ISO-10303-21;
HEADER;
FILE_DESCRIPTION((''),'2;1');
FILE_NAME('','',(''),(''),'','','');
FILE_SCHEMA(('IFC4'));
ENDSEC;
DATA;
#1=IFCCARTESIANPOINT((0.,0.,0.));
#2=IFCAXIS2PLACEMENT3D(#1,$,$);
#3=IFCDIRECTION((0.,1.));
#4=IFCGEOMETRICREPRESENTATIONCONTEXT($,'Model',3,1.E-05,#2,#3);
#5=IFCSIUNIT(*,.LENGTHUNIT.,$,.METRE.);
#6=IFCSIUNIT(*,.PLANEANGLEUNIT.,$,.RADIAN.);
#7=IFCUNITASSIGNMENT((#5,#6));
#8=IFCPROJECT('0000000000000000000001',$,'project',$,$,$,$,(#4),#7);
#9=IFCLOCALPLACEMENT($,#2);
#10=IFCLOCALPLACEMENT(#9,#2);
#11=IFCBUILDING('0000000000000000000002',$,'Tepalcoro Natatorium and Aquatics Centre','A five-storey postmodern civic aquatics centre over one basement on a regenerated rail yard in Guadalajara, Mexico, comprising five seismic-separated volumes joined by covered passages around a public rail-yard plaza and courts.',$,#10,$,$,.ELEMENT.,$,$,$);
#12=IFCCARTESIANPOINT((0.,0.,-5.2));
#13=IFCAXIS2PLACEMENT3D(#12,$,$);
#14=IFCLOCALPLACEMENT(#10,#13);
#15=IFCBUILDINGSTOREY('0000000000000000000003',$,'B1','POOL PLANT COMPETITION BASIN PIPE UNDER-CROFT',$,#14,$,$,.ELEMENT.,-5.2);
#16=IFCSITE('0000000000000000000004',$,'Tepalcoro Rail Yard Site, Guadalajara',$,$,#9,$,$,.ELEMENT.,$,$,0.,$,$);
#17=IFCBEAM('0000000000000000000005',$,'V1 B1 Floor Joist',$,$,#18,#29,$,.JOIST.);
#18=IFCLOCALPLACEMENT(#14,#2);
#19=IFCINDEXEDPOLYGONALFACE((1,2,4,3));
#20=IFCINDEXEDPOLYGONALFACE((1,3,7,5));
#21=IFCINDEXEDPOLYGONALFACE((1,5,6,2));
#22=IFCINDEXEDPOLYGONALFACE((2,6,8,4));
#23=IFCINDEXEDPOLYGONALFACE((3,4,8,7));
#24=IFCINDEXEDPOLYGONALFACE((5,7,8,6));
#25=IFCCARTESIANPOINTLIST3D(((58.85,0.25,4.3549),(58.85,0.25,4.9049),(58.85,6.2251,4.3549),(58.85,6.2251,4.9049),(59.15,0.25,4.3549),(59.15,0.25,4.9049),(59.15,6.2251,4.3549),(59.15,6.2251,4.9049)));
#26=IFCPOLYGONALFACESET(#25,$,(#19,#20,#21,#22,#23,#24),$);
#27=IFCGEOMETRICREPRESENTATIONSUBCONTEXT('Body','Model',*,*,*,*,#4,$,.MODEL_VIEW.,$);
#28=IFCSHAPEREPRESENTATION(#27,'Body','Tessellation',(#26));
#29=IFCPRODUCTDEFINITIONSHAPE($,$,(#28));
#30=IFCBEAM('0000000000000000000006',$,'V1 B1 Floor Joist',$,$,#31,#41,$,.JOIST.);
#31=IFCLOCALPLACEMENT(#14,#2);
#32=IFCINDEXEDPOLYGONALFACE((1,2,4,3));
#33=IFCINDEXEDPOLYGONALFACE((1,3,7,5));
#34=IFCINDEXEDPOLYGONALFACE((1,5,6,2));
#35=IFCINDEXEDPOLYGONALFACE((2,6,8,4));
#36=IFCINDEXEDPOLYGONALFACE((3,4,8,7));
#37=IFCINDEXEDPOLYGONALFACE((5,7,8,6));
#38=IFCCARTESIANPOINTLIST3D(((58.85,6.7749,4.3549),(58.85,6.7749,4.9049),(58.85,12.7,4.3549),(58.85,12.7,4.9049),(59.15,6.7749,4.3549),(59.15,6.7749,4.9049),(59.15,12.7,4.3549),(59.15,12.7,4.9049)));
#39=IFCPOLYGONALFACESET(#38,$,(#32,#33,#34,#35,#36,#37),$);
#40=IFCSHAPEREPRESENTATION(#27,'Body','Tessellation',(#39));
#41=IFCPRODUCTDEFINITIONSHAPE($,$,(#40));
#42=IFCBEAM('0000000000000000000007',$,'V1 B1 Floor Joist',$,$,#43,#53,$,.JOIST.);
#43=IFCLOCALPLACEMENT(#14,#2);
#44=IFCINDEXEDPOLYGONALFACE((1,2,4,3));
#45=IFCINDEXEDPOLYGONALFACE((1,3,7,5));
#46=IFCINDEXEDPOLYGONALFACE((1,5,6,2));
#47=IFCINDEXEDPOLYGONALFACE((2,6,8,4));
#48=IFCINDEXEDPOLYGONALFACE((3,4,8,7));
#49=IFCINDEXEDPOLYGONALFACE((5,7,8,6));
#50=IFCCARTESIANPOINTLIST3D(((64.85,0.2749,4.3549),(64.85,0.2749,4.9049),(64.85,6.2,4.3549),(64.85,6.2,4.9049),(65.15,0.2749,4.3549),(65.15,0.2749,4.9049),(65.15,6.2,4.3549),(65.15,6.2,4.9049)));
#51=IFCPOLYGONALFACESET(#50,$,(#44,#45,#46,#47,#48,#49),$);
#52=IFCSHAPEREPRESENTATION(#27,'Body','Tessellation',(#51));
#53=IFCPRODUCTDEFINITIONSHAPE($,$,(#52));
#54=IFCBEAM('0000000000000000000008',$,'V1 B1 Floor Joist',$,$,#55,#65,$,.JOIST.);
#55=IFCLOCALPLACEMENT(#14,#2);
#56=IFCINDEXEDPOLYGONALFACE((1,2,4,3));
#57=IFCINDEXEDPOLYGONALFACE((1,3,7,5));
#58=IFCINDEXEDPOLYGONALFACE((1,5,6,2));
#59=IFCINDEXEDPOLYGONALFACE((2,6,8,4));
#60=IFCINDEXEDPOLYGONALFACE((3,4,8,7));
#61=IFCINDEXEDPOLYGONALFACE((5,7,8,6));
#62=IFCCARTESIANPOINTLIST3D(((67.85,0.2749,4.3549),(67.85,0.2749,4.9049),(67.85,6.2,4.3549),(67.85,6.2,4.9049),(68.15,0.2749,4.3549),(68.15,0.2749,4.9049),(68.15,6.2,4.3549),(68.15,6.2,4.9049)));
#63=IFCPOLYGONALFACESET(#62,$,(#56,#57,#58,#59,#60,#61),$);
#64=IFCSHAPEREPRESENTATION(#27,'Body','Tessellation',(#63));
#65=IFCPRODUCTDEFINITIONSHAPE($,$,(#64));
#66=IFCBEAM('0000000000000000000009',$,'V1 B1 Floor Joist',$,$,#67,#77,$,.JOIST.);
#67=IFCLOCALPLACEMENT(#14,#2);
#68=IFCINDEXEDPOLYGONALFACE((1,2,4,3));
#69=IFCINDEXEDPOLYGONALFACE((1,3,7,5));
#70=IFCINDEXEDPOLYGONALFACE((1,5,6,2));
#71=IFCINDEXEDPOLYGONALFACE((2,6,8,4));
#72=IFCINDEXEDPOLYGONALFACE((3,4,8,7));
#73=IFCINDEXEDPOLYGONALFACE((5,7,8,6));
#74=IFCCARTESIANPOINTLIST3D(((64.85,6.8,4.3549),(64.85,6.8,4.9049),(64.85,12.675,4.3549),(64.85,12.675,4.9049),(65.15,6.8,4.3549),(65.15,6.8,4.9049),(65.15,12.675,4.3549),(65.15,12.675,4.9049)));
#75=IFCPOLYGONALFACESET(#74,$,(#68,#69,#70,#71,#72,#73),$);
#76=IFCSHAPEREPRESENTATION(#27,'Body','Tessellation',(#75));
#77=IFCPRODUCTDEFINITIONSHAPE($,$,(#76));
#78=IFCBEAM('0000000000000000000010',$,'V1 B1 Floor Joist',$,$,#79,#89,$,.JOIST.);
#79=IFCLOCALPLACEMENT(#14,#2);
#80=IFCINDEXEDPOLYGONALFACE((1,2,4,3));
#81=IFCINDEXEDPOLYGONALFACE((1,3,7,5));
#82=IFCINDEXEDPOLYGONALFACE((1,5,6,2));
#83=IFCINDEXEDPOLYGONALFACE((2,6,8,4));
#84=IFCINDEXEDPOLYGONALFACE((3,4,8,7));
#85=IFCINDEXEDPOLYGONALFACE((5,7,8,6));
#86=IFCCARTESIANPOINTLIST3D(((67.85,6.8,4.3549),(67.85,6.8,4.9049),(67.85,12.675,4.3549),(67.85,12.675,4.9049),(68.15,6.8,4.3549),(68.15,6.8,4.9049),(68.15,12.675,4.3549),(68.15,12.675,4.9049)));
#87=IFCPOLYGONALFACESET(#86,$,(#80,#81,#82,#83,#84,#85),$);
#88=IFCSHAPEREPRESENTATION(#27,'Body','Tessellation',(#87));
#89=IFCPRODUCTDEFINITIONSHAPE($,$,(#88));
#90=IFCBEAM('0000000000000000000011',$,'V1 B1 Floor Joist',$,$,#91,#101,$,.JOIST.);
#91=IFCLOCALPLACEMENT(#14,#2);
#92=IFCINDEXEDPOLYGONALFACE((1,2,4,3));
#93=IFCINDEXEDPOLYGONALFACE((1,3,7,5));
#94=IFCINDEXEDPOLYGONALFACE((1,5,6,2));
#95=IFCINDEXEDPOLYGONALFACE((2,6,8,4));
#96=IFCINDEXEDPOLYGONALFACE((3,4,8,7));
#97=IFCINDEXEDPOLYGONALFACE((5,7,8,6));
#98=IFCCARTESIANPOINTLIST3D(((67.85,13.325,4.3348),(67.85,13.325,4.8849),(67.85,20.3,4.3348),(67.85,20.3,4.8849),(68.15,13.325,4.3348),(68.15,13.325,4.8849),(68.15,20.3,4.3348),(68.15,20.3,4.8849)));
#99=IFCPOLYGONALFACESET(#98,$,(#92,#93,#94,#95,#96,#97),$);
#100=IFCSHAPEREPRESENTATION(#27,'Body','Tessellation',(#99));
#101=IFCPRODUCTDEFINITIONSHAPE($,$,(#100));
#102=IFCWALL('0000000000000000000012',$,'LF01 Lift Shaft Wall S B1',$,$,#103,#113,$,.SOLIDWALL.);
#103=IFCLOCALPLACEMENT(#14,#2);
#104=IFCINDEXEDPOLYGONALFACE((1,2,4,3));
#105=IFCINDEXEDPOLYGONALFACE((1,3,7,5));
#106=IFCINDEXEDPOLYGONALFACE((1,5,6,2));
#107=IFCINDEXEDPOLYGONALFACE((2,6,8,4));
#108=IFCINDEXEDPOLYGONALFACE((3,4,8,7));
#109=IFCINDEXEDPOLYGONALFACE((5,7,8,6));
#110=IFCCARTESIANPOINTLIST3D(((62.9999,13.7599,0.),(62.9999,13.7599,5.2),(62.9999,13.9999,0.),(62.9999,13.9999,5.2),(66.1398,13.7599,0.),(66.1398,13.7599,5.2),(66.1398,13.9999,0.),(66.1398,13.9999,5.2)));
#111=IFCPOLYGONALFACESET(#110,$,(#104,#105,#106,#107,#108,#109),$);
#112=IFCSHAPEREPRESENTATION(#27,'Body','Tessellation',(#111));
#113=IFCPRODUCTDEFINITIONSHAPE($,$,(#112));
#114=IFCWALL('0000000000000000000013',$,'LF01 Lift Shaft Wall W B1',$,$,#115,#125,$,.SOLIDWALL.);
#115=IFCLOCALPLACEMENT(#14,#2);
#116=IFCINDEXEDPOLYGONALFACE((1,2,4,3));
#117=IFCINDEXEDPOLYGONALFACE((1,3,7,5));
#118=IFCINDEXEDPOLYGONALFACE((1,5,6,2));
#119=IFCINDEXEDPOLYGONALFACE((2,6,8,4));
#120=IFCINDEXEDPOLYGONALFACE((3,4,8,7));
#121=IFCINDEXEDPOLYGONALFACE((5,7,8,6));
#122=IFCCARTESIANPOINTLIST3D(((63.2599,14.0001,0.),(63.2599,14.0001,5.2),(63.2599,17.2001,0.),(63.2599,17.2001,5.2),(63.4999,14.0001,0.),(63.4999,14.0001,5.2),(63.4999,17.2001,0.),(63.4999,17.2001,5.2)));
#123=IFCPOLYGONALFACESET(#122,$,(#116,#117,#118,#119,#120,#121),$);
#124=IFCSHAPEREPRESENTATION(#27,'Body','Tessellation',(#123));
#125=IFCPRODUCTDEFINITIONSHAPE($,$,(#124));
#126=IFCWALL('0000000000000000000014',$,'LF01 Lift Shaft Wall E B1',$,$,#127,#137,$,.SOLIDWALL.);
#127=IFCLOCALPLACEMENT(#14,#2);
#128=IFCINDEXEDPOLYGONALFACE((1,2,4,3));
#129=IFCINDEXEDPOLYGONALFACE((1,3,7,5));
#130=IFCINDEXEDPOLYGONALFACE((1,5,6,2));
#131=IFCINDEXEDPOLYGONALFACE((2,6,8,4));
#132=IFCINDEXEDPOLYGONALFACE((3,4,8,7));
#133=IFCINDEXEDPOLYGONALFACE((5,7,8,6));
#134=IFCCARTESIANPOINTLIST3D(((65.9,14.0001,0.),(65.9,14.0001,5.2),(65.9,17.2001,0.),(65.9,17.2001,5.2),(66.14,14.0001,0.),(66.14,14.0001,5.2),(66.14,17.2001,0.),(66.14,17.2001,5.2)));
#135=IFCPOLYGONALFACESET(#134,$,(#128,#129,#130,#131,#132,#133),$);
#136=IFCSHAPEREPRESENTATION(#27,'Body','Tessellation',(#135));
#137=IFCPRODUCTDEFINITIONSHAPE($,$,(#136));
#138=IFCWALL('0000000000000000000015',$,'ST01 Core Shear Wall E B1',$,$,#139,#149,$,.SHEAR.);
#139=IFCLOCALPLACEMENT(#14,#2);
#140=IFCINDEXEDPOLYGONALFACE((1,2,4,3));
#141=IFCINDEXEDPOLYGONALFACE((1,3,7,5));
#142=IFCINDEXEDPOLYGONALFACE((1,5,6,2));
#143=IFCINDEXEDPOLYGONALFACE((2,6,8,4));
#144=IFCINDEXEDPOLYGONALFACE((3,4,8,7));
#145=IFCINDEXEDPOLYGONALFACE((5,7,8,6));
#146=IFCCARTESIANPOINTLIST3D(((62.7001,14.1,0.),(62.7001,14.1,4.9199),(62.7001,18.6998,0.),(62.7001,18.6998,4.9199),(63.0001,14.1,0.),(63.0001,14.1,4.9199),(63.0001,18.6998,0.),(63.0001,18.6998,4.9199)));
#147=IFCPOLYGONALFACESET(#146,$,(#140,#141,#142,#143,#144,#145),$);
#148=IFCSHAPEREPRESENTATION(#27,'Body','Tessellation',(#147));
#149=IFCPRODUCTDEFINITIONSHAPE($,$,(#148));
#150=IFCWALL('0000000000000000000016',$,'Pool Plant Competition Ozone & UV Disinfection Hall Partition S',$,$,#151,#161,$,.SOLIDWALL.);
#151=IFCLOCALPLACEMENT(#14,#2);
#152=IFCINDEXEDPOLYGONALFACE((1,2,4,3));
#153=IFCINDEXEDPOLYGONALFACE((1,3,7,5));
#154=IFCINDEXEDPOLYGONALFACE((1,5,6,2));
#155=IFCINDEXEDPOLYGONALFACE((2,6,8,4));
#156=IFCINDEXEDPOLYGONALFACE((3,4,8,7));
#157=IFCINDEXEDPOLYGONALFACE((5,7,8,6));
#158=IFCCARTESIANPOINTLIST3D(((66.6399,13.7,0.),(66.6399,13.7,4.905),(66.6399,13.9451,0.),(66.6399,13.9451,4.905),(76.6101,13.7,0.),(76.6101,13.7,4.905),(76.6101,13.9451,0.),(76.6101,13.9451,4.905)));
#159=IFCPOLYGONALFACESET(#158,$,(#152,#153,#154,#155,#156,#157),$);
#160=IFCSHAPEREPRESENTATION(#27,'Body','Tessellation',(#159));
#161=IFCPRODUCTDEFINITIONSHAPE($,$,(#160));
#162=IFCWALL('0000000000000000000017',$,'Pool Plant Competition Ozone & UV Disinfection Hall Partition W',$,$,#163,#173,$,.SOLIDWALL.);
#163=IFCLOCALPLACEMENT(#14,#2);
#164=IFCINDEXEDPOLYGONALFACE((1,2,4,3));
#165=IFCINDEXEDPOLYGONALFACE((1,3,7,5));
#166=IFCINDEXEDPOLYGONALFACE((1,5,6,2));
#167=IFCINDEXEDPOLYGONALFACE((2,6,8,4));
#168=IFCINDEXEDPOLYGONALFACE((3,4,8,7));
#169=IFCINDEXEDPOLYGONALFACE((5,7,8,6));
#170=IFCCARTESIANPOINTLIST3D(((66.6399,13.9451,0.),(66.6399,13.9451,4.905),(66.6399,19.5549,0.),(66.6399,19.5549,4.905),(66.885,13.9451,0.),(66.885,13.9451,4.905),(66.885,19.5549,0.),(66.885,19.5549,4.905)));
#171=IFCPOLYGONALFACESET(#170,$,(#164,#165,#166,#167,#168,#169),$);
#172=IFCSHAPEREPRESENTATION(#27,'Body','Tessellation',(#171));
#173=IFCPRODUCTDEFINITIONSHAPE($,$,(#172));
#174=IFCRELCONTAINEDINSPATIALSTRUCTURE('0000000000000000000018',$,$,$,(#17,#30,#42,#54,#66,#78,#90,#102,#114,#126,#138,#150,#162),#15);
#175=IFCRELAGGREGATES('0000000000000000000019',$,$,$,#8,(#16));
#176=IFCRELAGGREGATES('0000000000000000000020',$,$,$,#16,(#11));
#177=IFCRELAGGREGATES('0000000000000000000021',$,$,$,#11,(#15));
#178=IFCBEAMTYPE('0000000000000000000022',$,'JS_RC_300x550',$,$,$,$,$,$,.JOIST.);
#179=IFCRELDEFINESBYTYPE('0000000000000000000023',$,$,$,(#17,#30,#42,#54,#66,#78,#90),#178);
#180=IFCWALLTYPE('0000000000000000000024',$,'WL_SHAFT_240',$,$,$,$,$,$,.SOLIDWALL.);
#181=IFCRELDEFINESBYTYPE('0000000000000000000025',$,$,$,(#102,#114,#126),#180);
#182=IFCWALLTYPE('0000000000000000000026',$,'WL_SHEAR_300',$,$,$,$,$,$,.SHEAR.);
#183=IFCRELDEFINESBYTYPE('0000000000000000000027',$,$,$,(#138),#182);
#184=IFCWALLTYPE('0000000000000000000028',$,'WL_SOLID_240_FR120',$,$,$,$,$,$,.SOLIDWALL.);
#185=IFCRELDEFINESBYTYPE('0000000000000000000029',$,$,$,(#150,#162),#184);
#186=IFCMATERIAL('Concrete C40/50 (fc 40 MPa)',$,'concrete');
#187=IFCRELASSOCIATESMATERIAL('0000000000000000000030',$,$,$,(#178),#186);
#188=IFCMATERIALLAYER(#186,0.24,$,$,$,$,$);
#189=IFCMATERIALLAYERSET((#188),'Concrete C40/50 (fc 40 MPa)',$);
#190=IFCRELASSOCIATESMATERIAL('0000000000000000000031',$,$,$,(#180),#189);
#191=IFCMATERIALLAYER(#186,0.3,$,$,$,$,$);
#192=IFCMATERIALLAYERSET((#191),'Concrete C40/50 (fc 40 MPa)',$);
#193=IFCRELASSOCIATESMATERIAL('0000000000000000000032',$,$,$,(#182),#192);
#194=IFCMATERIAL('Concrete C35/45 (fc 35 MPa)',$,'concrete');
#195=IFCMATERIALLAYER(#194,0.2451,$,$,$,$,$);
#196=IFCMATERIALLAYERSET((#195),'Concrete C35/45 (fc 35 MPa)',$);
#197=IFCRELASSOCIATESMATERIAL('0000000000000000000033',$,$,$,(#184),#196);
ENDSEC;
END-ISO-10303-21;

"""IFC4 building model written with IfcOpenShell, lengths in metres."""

from ifc_helpers import new_model, si_unit, direction, frame, frame_2d, origin, origin_2d, place, context, subcontext, project, spatial, rectangle, extrude, material, layer, layer_set, material_profile, profile_set, type_object, element, save


model = new_model("IFC4")

# Units and contexts
model_context = context("Model", 3, precision=1e-05, world=origin(), true_north=direction((0.0, 1.0)))
body_context = subcontext(model_context, "Body", "Model", "MODEL_VIEW")
ifc_project = project(units=[si_unit("LENGTHUNIT", "METRE"), si_unit("PLANEANGLEUNIT", "RADIAN")], contexts=[model_context])

# Site, building, storey
site_placement = place(None, origin())
site = spatial("IfcSite", under=ifc_project, at=site_placement, Name="Tepalcoro Rail Yard Site, Guadalajara", CompositionType="ELEMENT", RefElevation=0.0)
building_placement = place(site_placement, origin())
building = spatial("IfcBuilding", under=site, at=building_placement, Name="Tepalcoro Natatorium and Aquatics Centre", Description="A five-storey postmodern civic aquatics centre over one basement on a regenerated rail yard in Guadalajara, Mexico, comprising five seismic-separated volumes joined by covered passages around a public rail-yard plaza and courts.", CompositionType="ELEMENT")
storey_placement = place(building_placement, frame((0.0, 0.0, -5.2)))
storey = spatial("IfcBuildingStorey", under=building, at=storey_placement, Name="B1", Description="POOL PLANT COMPETITION BASIN PIPE UNDER-CROFT", CompositionType="ELEMENT", Elevation=-5.2)

# Shared definitions
ifc_material_1 = material(Name="Concrete C40/50 (fc 40 MPa)", Category="concrete")

# Beams
ifc_material_profile_1 = material_profile(ifc_material_1, rectangle(XDim=0.3, YDim=0.55, at=origin_2d()), Name="RCJ300x550")
ifc_profile_set_1 = profile_set([ifc_material_profile_1], Name="Concrete C40/50 (fc 40 MPa)")
beam_type_1 = type_object("IfcBeamType", Name="JS_RC_300x550", PredefinedType="JOIST", material=ifc_profile_set_1)
beam_1_placement = place(storey_placement, frame((59.0, 0.25, 4.6299), z_axis=(0.0, 1.0, 0.0), x_axis=(-1.0, 0.0, 0.0)))
element("IfcBeam", 1, at=beam_1_placement, inside=storey, type_object=beam_type_1, Name="V1 B1 Floor Joist", PredefinedType="JOIST", context=body_context, shape_type="SweptSolid", body=[
    extrude(rectangle(XDim=0.3, YDim=0.55, at=origin_2d()), origin(), (0.0, 0.0, 1.0), 5.9751),
])
for number, where, z_axis, x_axis, name in (
    (2, (59.0, 6.7749, 4.6299), (0.0, 1.0, 0.0), (-1.0, 0.0, 0.0), "V1 B1 Floor Joist"),
    (3, (65.0, 0.2749, 4.6299), (0.0, 1.0, 0.0), (-1.0, 0.0, 0.0), "V1 B1 Floor Joist"),
    (4, (68.0, 0.2749, 4.6299), (0.0, 1.0, 0.0), (-1.0, 0.0, 0.0), "V1 B1 Floor Joist"),
):
    element("IfcBeam", number, at=place(storey_placement, frame(where, z_axis=z_axis, x_axis=x_axis)), inside=storey, type_object=beam_type_1, Name=name, PredefinedType="JOIST", context=body_context, shape_type="SweptSolid", body=[
        extrude(rectangle(XDim=0.3, YDim=0.55, at=origin_2d()), origin(), (0.0, 0.0, 1.0), 5.925),
    ])
for number, where, z_axis, x_axis, name in (
    (5, (65.0, 6.8, 4.6299), (0.0, 1.0, 0.0), (-1.0, 0.0, 0.0), "V1 B1 Floor Joist"),
    (6, (68.0, 6.8, 4.6299), (0.0, 1.0, 0.0), (-1.0, 0.0, 0.0), "V1 B1 Floor Joist"),
):
    element("IfcBeam", number, at=place(storey_placement, frame(where, z_axis=z_axis, x_axis=x_axis)), inside=storey, type_object=beam_type_1, Name=name, PredefinedType="JOIST", context=body_context, shape_type="SweptSolid", body=[
        extrude(rectangle(XDim=0.3, YDim=0.55, at=origin_2d()), origin(), (0.0, 0.0, 1.0), 5.875),
    ])
beam_2_placement = place(storey_placement, frame((68.0, 13.325, 4.6099), z_axis=(0.0, 1.0, 0.0), x_axis=(-1.0, 0.0, 0.0)))
element("IfcBeam", 7, at=beam_2_placement, inside=storey, type_object=beam_type_1, Name="V1 B1 Floor Joist", PredefinedType="JOIST", context=body_context, shape_type="SweptSolid", body=[
    extrude(rectangle(XDim=0.3, YDim=0.55, at=origin_2d()), origin(), (0.0, 0.0, 1.0), 6.9751),
])

# Walls
ifc_layer_1 = layer(ifc_material_1, 0.24)
ifc_layer_set_1 = layer_set([ifc_layer_1], Name="Concrete C40/50 (fc 40 MPa)")
wall_type_1 = type_object("IfcWallType", Name="WL_SHAFT_240", PredefinedType="SOLIDWALL", material=ifc_layer_set_1)
wall_1_placement = place(storey_placement, frame((63.0, 13.8799, 0.0), z_axis=(0.0, 0.0, 1.0), x_axis=(1.0, 0.0, 0.0)))
element("IfcWall", 8, at=wall_1_placement, inside=storey, type_object=wall_type_1, Name="LF01 Lift Shaft Wall S B1", PredefinedType="SOLIDWALL", context=body_context, shape_type="SweptSolid", body=[
    extrude(rectangle(XDim=3.1399, YDim=0.24, at=frame_2d((1.5698, 0.0))), origin(), (0.0, 0.0, 1.0), 5.2),
])
for number, where, z_axis, x_axis, name in (
    (9, (63.3799, 14.0, 0.0), (0.0, 0.0, 1.0), (0.0, 1.0, 0.0), "LF01 Lift Shaft Wall W B1"),
    (10, (66.02, 14.0, 0.0), (0.0, 0.0, 1.0), (0.0, 1.0, 0.0), "LF01 Lift Shaft Wall E B1"),
):
    element("IfcWall", number, at=place(storey_placement, frame(where, z_axis=z_axis, x_axis=x_axis)), inside=storey, type_object=wall_type_1, Name=name, PredefinedType="SOLIDWALL", context=body_context, shape_type="SweptSolid", body=[
        extrude(rectangle(XDim=3.2, YDim=0.24, at=frame_2d((1.6001, 0.0))), origin(), (0.0, 0.0, 1.0), 5.2),
    ])
ifc_layer_2 = layer(ifc_material_1, 0.3)
ifc_layer_set_2 = layer_set([ifc_layer_2], Name="Concrete C40/50 (fc 40 MPa)")
wall_type_2 = type_object("IfcWallType", Name="WL_SHEAR_300", PredefinedType="SHEAR", material=ifc_layer_set_2)
wall_2_placement = place(storey_placement, frame((62.8501, 14.1001, 0.0), z_axis=(0.0, 0.0, 1.0), x_axis=(0.0, 1.0, 0.0)))
element("IfcWall", 11, at=wall_2_placement, inside=storey, type_object=wall_type_2, Name="ST01 Core Shear Wall E B1", PredefinedType="SHEAR", context=body_context, shape_type="SweptSolid", body=[
    extrude(rectangle(XDim=4.5999, YDim=0.3, at=frame_2d((2.2998, 0.0))), origin(), (0.0, 0.0, 1.0), 4.9199),
])
ifc_material_2 = material(Name="Concrete C35/45 (fc 35 MPa)", Category="concrete")
ifc_layer_3 = layer(ifc_material_2, 0.2451)
ifc_layer_set_3 = layer_set([ifc_layer_3], Name="Concrete C35/45 (fc 35 MPa)")
wall_type_3 = type_object("IfcWallType", Name="WL_SOLID_240_FR120", PredefinedType="SOLIDWALL", material=ifc_layer_set_3)
wall_3_placement = place(storey_placement, frame((66.6399, 13.8225, 0.0), z_axis=(0.0, 0.0, 1.0), x_axis=(1.0, 0.0, 0.0)))
element("IfcWall", 12, at=wall_3_placement, inside=storey, type_object=wall_type_3, Name="Pool Plant Competition Ozone & UV Disinfection Hall Partition S", PredefinedType="SOLIDWALL", context=body_context, shape_type="SweptSolid", body=[
    extrude(rectangle(XDim=9.9702, YDim=0.2451, at=frame_2d((4.9851, 0.0))), origin(), (0.0, 0.0, 1.0), 4.905),
])
wall_4_placement = place(storey_placement, frame((66.7625, 13.9451, 0.0), z_axis=(0.0, 0.0, 1.0), x_axis=(0.0, 1.0, 0.0)))
element("IfcWall", 13, at=wall_4_placement, inside=storey, type_object=wall_type_3, Name="Pool Plant Competition Ozone & UV Disinfection Hall Partition W", PredefinedType="SOLIDWALL", context=body_context, shape_type="SweptSolid", body=[
    extrude(rectangle(XDim=5.6099, YDim=0.2451, at=frame_2d((2.8049, 0.0))), origin(), (0.0, 0.0, 1.0), 4.905),
])

save(model, "model.ifc")
